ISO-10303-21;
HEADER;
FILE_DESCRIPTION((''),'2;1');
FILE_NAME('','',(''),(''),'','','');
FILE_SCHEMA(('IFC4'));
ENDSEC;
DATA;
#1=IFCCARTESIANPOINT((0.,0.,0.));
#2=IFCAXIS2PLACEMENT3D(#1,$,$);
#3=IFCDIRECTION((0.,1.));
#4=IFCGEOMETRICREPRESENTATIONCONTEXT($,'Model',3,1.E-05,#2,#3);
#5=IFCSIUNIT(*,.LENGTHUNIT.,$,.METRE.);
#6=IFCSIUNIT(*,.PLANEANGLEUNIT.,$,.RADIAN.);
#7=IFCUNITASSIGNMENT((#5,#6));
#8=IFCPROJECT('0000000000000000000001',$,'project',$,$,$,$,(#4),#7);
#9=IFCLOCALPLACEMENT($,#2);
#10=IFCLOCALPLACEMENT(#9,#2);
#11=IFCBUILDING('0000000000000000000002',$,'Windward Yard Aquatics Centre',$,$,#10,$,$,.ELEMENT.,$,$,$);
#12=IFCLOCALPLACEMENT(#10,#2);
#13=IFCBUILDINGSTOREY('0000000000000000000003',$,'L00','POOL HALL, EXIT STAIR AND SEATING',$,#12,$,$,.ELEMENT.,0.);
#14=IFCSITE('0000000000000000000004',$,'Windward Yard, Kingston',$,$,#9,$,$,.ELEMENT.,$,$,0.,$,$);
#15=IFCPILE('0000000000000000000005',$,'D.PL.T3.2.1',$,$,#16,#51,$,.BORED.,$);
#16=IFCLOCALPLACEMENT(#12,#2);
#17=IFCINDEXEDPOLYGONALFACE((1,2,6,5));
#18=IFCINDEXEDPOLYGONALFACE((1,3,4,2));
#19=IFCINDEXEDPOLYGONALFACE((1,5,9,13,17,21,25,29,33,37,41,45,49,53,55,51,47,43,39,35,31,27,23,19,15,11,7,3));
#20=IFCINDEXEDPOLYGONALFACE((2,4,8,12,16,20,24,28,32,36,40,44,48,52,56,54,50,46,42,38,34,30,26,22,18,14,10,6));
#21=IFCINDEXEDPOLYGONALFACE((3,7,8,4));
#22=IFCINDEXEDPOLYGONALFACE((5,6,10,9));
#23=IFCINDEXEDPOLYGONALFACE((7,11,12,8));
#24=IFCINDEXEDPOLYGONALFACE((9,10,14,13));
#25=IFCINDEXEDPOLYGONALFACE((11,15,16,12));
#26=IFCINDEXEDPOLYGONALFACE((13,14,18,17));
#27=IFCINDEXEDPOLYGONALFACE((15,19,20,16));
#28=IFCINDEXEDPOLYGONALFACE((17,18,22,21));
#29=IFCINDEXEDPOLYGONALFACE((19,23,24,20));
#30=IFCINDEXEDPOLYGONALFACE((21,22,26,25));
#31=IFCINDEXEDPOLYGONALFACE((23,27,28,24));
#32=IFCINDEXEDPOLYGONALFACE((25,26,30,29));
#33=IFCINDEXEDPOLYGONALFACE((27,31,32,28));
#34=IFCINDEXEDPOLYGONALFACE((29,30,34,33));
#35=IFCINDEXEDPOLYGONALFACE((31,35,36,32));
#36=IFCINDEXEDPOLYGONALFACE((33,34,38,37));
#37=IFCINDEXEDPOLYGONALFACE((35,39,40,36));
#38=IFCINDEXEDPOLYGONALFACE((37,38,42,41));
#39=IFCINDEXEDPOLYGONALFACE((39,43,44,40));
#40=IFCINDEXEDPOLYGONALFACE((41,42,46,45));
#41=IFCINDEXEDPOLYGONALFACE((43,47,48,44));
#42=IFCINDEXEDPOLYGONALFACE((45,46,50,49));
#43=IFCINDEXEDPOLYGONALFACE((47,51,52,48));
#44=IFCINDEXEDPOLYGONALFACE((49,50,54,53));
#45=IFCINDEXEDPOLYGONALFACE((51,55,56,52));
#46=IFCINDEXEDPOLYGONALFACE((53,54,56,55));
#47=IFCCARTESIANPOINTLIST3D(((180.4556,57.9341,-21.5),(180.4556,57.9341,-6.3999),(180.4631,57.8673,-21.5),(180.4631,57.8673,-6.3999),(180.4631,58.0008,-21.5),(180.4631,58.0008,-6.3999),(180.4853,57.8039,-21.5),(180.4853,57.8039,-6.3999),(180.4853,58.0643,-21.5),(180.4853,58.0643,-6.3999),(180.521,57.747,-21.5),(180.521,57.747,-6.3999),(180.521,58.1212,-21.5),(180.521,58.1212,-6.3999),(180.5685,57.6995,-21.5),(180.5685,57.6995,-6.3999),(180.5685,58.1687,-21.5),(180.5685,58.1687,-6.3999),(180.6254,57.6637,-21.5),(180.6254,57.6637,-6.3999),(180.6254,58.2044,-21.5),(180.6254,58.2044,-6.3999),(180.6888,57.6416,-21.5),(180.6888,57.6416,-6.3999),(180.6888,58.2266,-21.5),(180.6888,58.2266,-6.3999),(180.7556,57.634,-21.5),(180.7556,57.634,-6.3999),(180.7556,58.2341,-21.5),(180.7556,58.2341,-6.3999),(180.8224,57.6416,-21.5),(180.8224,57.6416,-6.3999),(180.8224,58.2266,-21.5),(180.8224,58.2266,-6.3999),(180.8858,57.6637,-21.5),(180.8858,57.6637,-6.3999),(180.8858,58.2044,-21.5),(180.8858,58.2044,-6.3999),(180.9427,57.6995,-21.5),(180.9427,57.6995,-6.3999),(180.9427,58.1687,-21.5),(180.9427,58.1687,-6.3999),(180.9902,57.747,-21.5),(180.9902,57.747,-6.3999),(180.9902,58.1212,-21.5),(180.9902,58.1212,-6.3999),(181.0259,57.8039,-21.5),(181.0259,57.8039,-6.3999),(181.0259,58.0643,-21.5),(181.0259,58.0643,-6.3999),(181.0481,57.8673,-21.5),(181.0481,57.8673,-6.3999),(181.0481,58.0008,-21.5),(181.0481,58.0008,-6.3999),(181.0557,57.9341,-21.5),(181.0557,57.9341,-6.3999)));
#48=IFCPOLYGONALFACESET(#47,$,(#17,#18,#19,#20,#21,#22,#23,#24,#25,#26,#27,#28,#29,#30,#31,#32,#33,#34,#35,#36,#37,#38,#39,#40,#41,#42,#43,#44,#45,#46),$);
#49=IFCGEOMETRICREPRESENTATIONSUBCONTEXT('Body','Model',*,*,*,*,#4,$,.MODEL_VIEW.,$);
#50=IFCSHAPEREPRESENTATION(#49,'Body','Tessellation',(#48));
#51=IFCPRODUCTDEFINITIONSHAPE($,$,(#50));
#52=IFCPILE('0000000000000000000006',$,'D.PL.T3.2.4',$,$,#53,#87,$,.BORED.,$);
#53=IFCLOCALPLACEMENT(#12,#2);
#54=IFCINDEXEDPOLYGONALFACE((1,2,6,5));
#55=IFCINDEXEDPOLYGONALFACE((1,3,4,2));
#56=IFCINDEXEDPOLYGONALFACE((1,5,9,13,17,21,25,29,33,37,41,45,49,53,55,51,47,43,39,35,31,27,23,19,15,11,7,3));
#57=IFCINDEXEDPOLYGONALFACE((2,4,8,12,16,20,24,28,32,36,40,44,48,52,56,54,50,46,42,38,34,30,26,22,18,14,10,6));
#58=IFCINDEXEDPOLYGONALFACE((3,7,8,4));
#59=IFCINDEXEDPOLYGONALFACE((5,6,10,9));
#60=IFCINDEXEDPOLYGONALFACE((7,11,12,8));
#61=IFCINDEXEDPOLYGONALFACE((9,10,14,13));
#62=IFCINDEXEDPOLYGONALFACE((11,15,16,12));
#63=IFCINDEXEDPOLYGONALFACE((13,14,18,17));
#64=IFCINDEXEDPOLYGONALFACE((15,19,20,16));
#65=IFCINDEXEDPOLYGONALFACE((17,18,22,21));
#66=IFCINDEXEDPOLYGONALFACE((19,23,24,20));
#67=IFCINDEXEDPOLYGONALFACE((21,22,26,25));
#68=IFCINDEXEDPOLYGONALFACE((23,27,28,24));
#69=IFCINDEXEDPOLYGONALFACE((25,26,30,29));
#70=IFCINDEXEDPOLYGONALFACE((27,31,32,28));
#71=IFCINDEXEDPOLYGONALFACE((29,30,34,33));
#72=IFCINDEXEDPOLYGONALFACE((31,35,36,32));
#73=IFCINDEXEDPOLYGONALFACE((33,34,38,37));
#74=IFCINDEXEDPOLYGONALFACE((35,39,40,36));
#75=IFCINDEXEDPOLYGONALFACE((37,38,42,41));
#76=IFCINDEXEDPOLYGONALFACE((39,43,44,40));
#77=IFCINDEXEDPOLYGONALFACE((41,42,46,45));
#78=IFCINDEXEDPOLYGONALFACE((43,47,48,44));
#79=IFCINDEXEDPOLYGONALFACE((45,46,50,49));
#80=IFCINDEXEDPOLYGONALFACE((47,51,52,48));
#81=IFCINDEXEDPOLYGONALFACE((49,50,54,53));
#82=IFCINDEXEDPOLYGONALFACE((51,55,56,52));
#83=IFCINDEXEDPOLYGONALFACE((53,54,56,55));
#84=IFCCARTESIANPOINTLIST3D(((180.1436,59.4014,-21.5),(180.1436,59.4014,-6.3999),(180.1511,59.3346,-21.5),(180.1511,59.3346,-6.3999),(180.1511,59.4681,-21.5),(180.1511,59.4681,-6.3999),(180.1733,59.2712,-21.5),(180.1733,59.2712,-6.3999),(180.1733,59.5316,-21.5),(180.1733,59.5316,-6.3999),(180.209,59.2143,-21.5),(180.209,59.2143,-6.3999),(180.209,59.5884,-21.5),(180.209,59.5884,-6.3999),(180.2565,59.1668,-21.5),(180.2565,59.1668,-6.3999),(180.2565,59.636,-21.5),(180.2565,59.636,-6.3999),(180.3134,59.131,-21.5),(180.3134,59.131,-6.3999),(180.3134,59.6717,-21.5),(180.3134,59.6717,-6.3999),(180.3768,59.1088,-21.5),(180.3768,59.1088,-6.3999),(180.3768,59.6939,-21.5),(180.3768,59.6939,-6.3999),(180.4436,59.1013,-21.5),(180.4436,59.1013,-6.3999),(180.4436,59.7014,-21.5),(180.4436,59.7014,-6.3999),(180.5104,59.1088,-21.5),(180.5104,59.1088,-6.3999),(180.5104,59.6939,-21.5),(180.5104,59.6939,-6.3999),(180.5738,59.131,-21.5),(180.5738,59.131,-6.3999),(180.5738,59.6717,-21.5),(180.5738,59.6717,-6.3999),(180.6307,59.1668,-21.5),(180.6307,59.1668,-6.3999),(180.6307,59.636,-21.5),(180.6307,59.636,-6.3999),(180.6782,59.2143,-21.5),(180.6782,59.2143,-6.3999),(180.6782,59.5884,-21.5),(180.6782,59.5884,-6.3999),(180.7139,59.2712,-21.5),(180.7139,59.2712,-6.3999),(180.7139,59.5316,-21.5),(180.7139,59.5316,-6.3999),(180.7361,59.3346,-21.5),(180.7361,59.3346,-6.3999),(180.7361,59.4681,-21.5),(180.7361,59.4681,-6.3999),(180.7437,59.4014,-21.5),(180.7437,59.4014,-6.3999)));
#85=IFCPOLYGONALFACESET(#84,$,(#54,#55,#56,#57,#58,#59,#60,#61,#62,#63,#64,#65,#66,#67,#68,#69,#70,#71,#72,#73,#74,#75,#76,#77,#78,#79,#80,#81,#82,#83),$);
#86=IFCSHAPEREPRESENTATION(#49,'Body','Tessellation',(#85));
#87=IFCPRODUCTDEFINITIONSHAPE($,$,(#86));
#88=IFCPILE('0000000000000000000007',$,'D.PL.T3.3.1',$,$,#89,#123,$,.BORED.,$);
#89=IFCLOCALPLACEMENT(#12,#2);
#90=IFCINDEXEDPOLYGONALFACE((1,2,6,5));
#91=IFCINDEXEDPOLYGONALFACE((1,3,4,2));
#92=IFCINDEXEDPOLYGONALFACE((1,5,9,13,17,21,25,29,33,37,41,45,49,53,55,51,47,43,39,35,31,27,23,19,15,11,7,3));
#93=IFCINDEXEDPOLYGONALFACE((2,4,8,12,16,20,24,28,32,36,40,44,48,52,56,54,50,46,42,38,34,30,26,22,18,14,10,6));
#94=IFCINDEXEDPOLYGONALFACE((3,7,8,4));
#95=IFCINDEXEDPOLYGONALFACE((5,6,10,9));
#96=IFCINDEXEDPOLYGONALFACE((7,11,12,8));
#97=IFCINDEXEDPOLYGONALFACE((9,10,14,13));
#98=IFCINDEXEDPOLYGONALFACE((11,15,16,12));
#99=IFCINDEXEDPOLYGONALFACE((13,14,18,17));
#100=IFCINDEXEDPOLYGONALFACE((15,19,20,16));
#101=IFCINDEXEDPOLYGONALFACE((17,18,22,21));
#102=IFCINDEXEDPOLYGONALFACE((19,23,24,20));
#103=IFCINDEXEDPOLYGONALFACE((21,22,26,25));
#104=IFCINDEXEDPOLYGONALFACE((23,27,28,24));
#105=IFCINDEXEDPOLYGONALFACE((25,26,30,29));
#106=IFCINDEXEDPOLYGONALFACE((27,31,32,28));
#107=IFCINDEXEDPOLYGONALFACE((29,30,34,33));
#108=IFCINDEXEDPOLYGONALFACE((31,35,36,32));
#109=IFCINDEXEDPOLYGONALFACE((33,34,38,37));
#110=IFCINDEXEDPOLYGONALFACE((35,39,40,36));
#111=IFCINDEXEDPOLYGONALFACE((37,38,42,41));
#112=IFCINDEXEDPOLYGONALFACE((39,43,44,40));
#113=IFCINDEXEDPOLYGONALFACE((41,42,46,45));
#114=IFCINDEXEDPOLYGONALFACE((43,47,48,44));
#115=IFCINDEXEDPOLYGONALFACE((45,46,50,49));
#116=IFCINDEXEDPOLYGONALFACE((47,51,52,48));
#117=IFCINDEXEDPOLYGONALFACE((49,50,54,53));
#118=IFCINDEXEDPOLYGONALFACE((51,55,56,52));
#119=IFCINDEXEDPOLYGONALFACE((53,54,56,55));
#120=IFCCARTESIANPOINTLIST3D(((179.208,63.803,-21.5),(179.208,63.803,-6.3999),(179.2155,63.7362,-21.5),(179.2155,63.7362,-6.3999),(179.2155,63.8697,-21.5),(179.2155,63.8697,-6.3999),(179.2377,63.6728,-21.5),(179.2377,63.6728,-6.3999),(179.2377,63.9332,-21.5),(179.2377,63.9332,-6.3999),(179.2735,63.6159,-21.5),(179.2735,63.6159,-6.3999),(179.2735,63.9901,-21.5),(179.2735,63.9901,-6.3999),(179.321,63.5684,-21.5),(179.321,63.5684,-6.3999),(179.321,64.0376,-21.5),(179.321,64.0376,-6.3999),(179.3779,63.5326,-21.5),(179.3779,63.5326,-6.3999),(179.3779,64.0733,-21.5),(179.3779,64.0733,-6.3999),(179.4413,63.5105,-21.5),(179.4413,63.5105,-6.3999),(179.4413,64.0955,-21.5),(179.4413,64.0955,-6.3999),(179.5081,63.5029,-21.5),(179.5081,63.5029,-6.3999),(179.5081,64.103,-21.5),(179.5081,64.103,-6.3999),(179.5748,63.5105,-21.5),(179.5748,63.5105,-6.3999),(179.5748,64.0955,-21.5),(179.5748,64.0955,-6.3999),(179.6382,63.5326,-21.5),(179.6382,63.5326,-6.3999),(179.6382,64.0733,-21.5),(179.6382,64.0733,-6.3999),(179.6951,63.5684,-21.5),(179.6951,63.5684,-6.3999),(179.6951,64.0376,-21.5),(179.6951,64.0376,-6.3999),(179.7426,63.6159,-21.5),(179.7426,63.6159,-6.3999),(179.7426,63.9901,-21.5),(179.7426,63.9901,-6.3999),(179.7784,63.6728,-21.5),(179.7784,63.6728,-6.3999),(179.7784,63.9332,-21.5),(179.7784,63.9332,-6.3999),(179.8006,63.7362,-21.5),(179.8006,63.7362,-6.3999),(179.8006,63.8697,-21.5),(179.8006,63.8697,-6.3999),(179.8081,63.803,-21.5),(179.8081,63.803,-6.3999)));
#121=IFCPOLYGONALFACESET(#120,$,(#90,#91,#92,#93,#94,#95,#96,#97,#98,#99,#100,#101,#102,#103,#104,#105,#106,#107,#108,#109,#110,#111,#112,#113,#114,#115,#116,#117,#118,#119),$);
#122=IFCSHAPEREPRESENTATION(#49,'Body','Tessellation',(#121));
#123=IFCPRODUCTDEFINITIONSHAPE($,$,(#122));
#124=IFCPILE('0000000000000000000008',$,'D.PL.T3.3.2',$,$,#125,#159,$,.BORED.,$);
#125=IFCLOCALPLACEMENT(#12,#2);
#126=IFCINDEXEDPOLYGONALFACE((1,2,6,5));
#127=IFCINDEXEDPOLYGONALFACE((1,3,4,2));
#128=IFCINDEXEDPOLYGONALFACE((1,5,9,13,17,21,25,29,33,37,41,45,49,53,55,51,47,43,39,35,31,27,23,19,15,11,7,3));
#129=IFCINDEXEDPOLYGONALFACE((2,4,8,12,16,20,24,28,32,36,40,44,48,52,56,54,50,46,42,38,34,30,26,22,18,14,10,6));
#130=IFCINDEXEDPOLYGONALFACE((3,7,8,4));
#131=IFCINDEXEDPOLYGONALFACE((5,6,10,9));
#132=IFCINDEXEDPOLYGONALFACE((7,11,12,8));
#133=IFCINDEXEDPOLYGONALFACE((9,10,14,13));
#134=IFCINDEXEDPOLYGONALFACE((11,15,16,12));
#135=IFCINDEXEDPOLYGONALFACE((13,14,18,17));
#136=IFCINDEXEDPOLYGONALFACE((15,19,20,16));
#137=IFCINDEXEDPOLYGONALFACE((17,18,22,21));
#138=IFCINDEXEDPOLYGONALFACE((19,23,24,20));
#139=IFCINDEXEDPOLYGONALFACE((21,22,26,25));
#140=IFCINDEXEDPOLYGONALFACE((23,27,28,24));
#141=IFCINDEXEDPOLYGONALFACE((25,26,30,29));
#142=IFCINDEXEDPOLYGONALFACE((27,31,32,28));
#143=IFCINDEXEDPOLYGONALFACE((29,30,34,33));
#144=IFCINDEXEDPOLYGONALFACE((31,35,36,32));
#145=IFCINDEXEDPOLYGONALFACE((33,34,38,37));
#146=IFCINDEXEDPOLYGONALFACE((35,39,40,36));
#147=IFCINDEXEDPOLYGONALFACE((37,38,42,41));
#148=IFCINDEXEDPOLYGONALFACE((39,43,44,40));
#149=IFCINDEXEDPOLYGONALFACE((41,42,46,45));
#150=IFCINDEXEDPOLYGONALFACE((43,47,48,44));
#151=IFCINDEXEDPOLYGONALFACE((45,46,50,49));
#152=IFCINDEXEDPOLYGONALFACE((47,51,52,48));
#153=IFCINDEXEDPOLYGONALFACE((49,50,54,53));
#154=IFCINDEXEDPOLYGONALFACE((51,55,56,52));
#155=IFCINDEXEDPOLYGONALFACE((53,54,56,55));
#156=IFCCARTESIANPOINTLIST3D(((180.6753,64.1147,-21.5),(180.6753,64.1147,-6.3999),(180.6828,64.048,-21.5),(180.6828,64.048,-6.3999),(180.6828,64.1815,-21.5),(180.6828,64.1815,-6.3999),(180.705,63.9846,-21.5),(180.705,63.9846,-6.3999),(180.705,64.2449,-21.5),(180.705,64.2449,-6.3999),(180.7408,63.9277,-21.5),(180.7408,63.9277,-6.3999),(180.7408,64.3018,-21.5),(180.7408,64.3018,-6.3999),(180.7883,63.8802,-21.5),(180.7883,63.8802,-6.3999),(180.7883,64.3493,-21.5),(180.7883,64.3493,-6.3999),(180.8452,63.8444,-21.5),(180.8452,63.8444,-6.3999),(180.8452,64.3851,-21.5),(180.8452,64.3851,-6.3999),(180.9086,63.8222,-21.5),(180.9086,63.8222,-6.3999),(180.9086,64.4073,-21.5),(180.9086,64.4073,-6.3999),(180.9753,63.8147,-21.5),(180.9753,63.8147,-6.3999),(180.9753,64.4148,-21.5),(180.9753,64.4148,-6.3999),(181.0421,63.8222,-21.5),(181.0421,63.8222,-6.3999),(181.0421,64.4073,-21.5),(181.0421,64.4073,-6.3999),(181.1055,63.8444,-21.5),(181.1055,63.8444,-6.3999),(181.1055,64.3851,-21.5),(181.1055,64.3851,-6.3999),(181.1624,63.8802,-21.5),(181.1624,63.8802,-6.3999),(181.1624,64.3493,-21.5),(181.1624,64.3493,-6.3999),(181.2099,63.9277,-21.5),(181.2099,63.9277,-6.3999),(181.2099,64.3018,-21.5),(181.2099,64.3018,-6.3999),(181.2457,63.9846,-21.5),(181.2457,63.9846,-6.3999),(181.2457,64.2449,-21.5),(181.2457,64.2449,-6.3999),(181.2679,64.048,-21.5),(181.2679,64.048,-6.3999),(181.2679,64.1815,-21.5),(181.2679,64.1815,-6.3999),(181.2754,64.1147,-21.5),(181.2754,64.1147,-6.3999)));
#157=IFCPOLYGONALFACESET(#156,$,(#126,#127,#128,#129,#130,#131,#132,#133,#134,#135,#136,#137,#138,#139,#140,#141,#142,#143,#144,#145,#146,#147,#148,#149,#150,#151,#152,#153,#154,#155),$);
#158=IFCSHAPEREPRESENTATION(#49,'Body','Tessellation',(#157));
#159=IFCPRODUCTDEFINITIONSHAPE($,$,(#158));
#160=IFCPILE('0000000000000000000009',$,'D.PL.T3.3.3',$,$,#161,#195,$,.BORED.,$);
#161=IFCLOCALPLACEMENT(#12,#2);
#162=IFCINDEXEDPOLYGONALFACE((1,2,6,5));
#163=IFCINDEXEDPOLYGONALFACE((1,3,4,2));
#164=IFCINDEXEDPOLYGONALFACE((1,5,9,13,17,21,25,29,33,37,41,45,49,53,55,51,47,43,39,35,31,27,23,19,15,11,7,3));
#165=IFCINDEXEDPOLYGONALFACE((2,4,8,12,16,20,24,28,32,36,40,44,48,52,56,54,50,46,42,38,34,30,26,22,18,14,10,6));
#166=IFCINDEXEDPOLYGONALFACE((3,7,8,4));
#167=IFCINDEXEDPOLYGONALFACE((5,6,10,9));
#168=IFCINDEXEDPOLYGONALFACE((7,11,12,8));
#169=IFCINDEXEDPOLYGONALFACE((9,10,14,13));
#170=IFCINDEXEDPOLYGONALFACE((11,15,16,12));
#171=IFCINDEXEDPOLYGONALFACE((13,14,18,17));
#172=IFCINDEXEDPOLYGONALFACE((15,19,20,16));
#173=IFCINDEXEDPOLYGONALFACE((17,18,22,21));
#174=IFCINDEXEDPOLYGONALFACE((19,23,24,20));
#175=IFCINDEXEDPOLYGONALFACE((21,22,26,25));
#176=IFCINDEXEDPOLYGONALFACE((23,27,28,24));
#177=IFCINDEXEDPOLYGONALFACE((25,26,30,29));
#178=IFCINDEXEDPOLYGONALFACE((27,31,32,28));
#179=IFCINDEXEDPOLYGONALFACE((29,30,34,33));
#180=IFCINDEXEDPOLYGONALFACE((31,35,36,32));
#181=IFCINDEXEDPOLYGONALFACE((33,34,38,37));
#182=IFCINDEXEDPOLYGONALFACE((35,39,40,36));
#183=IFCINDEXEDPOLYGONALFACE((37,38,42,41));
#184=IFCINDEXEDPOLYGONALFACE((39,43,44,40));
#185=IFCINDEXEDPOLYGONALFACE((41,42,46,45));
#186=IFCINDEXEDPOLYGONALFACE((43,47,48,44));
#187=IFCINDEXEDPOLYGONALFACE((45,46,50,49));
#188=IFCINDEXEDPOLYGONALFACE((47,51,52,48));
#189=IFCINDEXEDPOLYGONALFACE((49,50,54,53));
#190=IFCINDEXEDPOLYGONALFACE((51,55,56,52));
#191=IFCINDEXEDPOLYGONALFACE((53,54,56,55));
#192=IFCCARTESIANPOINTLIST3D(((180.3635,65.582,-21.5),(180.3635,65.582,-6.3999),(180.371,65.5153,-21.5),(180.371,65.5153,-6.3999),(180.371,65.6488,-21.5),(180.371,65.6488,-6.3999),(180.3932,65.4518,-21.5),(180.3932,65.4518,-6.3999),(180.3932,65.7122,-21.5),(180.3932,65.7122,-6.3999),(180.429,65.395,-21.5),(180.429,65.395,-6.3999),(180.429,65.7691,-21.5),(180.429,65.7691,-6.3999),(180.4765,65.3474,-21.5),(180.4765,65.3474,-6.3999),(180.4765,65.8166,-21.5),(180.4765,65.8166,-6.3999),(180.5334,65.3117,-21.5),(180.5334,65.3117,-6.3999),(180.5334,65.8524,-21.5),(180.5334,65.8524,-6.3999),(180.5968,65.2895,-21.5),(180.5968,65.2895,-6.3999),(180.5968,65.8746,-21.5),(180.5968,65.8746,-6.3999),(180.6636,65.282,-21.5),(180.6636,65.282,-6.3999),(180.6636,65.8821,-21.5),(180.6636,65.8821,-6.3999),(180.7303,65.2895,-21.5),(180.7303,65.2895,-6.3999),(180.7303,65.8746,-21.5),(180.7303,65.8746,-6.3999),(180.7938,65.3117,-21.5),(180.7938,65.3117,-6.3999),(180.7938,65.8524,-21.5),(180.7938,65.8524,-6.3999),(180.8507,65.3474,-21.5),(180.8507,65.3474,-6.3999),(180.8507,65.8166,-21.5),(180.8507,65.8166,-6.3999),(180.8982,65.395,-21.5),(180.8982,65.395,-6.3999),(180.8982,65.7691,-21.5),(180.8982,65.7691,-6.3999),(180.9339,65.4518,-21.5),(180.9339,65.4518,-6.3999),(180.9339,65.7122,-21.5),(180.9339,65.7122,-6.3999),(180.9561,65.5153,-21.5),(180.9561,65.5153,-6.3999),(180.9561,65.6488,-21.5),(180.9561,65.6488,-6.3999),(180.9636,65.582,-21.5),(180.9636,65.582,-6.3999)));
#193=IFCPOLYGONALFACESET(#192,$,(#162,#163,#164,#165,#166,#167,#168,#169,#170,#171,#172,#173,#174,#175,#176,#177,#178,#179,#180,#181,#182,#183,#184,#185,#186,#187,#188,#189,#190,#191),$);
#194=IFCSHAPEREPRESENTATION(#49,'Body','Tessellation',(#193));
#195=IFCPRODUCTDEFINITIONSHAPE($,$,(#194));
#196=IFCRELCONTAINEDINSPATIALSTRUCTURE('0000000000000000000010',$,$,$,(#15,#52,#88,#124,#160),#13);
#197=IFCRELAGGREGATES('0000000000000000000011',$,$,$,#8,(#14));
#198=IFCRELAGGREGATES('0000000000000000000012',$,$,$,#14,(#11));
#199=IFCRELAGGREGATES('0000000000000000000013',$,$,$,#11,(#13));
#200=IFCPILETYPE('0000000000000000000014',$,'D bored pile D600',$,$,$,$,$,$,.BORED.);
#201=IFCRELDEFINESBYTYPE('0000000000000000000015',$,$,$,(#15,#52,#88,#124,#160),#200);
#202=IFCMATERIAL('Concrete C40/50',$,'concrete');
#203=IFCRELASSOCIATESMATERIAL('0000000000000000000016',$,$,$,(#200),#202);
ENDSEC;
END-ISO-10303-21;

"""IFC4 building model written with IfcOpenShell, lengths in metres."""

from ifc_helpers import new_model, si_unit, direction, frame, origin, origin_2d, place, context, subcontext, project, spatial, circle, extrude, material, material_profile, profile_set, type_object, element, save


model = new_model("IFC4")

# Units and contexts
model_context = context("Model", 3, precision=1e-05, world=origin(), true_north=direction((0.0, 1.0)))
body_context = subcontext(model_context, "Body", "Model", "MODEL_VIEW")
ifc_project = project(units=[si_unit("LENGTHUNIT", "METRE"), si_unit("PLANEANGLEUNIT", "RADIAN")], contexts=[model_context])

# Site, building, storey
site_placement = place(None, origin())
site = spatial("IfcSite", under=ifc_project, at=site_placement, Name="Windward Yard, Kingston", CompositionType="ELEMENT", RefElevation=0.0)
building_placement = place(site_placement, origin())
building = spatial("IfcBuilding", under=site, at=building_placement, Name="Windward Yard Aquatics Centre", CompositionType="ELEMENT")
storey_placement = place(building_placement, origin())
storey = spatial("IfcBuildingStorey", under=building, at=storey_placement, Name="L00", Description="POOL HALL, EXIT STAIR AND SEATING", CompositionType="ELEMENT", Elevation=0.0)

# Piles
ifc_material_1 = material(Name="Concrete C40/50", Category="concrete")
ifc_material_profile_1 = material_profile(ifc_material_1, circle(Radius=0.3, at=origin_2d()), Name="RC D600")
ifc_profile_set_1 = profile_set([ifc_material_profile_1], Name="Concrete C40/50")
pile_type = type_object("IfcPileType", Name="D bored pile D600", PredefinedType="BORED", material=ifc_profile_set_1)
for number, where, z_axis, x_axis, name in (
    (1, (180.7556, 57.9341, -6.3999), (0.0, 0.0, -1.0), (1.0, 0.0, 0.0), "D.PL.T3.2.1"),
    (2, (180.4436, 59.4014, -6.3999), (0.0, 0.0, -1.0), (1.0, 0.0, 0.0), "D.PL.T3.2.4"),
    (3, (179.5081, 63.803, -6.3999), (0.0, 0.0, -1.0), (1.0, 0.0, 0.0), "D.PL.T3.3.1"),
    (4, (180.9753, 64.1147, -6.3999), (0.0, 0.0, -1.0), (1.0, 0.0, 0.0), "D.PL.T3.3.2"),
    (5, (180.6636, 65.582, -6.3999), (0.0, 0.0, -1.0), (1.0, 0.0, 0.0), "D.PL.T3.3.3"),
):
    element("IfcPile", number, at=place(storey_placement, frame(where, z_axis=z_axis, x_axis=x_axis)), inside=storey, type_object=pile_type, Name=name, PredefinedType="BORED", context=body_context, shape_type="SweptSolid", body=[
        extrude(circle(Radius=0.3, at=origin_2d()), origin(), (0.0, 0.0, 1.0), 15.1001),
    ])

save(model, "model.ifc")
